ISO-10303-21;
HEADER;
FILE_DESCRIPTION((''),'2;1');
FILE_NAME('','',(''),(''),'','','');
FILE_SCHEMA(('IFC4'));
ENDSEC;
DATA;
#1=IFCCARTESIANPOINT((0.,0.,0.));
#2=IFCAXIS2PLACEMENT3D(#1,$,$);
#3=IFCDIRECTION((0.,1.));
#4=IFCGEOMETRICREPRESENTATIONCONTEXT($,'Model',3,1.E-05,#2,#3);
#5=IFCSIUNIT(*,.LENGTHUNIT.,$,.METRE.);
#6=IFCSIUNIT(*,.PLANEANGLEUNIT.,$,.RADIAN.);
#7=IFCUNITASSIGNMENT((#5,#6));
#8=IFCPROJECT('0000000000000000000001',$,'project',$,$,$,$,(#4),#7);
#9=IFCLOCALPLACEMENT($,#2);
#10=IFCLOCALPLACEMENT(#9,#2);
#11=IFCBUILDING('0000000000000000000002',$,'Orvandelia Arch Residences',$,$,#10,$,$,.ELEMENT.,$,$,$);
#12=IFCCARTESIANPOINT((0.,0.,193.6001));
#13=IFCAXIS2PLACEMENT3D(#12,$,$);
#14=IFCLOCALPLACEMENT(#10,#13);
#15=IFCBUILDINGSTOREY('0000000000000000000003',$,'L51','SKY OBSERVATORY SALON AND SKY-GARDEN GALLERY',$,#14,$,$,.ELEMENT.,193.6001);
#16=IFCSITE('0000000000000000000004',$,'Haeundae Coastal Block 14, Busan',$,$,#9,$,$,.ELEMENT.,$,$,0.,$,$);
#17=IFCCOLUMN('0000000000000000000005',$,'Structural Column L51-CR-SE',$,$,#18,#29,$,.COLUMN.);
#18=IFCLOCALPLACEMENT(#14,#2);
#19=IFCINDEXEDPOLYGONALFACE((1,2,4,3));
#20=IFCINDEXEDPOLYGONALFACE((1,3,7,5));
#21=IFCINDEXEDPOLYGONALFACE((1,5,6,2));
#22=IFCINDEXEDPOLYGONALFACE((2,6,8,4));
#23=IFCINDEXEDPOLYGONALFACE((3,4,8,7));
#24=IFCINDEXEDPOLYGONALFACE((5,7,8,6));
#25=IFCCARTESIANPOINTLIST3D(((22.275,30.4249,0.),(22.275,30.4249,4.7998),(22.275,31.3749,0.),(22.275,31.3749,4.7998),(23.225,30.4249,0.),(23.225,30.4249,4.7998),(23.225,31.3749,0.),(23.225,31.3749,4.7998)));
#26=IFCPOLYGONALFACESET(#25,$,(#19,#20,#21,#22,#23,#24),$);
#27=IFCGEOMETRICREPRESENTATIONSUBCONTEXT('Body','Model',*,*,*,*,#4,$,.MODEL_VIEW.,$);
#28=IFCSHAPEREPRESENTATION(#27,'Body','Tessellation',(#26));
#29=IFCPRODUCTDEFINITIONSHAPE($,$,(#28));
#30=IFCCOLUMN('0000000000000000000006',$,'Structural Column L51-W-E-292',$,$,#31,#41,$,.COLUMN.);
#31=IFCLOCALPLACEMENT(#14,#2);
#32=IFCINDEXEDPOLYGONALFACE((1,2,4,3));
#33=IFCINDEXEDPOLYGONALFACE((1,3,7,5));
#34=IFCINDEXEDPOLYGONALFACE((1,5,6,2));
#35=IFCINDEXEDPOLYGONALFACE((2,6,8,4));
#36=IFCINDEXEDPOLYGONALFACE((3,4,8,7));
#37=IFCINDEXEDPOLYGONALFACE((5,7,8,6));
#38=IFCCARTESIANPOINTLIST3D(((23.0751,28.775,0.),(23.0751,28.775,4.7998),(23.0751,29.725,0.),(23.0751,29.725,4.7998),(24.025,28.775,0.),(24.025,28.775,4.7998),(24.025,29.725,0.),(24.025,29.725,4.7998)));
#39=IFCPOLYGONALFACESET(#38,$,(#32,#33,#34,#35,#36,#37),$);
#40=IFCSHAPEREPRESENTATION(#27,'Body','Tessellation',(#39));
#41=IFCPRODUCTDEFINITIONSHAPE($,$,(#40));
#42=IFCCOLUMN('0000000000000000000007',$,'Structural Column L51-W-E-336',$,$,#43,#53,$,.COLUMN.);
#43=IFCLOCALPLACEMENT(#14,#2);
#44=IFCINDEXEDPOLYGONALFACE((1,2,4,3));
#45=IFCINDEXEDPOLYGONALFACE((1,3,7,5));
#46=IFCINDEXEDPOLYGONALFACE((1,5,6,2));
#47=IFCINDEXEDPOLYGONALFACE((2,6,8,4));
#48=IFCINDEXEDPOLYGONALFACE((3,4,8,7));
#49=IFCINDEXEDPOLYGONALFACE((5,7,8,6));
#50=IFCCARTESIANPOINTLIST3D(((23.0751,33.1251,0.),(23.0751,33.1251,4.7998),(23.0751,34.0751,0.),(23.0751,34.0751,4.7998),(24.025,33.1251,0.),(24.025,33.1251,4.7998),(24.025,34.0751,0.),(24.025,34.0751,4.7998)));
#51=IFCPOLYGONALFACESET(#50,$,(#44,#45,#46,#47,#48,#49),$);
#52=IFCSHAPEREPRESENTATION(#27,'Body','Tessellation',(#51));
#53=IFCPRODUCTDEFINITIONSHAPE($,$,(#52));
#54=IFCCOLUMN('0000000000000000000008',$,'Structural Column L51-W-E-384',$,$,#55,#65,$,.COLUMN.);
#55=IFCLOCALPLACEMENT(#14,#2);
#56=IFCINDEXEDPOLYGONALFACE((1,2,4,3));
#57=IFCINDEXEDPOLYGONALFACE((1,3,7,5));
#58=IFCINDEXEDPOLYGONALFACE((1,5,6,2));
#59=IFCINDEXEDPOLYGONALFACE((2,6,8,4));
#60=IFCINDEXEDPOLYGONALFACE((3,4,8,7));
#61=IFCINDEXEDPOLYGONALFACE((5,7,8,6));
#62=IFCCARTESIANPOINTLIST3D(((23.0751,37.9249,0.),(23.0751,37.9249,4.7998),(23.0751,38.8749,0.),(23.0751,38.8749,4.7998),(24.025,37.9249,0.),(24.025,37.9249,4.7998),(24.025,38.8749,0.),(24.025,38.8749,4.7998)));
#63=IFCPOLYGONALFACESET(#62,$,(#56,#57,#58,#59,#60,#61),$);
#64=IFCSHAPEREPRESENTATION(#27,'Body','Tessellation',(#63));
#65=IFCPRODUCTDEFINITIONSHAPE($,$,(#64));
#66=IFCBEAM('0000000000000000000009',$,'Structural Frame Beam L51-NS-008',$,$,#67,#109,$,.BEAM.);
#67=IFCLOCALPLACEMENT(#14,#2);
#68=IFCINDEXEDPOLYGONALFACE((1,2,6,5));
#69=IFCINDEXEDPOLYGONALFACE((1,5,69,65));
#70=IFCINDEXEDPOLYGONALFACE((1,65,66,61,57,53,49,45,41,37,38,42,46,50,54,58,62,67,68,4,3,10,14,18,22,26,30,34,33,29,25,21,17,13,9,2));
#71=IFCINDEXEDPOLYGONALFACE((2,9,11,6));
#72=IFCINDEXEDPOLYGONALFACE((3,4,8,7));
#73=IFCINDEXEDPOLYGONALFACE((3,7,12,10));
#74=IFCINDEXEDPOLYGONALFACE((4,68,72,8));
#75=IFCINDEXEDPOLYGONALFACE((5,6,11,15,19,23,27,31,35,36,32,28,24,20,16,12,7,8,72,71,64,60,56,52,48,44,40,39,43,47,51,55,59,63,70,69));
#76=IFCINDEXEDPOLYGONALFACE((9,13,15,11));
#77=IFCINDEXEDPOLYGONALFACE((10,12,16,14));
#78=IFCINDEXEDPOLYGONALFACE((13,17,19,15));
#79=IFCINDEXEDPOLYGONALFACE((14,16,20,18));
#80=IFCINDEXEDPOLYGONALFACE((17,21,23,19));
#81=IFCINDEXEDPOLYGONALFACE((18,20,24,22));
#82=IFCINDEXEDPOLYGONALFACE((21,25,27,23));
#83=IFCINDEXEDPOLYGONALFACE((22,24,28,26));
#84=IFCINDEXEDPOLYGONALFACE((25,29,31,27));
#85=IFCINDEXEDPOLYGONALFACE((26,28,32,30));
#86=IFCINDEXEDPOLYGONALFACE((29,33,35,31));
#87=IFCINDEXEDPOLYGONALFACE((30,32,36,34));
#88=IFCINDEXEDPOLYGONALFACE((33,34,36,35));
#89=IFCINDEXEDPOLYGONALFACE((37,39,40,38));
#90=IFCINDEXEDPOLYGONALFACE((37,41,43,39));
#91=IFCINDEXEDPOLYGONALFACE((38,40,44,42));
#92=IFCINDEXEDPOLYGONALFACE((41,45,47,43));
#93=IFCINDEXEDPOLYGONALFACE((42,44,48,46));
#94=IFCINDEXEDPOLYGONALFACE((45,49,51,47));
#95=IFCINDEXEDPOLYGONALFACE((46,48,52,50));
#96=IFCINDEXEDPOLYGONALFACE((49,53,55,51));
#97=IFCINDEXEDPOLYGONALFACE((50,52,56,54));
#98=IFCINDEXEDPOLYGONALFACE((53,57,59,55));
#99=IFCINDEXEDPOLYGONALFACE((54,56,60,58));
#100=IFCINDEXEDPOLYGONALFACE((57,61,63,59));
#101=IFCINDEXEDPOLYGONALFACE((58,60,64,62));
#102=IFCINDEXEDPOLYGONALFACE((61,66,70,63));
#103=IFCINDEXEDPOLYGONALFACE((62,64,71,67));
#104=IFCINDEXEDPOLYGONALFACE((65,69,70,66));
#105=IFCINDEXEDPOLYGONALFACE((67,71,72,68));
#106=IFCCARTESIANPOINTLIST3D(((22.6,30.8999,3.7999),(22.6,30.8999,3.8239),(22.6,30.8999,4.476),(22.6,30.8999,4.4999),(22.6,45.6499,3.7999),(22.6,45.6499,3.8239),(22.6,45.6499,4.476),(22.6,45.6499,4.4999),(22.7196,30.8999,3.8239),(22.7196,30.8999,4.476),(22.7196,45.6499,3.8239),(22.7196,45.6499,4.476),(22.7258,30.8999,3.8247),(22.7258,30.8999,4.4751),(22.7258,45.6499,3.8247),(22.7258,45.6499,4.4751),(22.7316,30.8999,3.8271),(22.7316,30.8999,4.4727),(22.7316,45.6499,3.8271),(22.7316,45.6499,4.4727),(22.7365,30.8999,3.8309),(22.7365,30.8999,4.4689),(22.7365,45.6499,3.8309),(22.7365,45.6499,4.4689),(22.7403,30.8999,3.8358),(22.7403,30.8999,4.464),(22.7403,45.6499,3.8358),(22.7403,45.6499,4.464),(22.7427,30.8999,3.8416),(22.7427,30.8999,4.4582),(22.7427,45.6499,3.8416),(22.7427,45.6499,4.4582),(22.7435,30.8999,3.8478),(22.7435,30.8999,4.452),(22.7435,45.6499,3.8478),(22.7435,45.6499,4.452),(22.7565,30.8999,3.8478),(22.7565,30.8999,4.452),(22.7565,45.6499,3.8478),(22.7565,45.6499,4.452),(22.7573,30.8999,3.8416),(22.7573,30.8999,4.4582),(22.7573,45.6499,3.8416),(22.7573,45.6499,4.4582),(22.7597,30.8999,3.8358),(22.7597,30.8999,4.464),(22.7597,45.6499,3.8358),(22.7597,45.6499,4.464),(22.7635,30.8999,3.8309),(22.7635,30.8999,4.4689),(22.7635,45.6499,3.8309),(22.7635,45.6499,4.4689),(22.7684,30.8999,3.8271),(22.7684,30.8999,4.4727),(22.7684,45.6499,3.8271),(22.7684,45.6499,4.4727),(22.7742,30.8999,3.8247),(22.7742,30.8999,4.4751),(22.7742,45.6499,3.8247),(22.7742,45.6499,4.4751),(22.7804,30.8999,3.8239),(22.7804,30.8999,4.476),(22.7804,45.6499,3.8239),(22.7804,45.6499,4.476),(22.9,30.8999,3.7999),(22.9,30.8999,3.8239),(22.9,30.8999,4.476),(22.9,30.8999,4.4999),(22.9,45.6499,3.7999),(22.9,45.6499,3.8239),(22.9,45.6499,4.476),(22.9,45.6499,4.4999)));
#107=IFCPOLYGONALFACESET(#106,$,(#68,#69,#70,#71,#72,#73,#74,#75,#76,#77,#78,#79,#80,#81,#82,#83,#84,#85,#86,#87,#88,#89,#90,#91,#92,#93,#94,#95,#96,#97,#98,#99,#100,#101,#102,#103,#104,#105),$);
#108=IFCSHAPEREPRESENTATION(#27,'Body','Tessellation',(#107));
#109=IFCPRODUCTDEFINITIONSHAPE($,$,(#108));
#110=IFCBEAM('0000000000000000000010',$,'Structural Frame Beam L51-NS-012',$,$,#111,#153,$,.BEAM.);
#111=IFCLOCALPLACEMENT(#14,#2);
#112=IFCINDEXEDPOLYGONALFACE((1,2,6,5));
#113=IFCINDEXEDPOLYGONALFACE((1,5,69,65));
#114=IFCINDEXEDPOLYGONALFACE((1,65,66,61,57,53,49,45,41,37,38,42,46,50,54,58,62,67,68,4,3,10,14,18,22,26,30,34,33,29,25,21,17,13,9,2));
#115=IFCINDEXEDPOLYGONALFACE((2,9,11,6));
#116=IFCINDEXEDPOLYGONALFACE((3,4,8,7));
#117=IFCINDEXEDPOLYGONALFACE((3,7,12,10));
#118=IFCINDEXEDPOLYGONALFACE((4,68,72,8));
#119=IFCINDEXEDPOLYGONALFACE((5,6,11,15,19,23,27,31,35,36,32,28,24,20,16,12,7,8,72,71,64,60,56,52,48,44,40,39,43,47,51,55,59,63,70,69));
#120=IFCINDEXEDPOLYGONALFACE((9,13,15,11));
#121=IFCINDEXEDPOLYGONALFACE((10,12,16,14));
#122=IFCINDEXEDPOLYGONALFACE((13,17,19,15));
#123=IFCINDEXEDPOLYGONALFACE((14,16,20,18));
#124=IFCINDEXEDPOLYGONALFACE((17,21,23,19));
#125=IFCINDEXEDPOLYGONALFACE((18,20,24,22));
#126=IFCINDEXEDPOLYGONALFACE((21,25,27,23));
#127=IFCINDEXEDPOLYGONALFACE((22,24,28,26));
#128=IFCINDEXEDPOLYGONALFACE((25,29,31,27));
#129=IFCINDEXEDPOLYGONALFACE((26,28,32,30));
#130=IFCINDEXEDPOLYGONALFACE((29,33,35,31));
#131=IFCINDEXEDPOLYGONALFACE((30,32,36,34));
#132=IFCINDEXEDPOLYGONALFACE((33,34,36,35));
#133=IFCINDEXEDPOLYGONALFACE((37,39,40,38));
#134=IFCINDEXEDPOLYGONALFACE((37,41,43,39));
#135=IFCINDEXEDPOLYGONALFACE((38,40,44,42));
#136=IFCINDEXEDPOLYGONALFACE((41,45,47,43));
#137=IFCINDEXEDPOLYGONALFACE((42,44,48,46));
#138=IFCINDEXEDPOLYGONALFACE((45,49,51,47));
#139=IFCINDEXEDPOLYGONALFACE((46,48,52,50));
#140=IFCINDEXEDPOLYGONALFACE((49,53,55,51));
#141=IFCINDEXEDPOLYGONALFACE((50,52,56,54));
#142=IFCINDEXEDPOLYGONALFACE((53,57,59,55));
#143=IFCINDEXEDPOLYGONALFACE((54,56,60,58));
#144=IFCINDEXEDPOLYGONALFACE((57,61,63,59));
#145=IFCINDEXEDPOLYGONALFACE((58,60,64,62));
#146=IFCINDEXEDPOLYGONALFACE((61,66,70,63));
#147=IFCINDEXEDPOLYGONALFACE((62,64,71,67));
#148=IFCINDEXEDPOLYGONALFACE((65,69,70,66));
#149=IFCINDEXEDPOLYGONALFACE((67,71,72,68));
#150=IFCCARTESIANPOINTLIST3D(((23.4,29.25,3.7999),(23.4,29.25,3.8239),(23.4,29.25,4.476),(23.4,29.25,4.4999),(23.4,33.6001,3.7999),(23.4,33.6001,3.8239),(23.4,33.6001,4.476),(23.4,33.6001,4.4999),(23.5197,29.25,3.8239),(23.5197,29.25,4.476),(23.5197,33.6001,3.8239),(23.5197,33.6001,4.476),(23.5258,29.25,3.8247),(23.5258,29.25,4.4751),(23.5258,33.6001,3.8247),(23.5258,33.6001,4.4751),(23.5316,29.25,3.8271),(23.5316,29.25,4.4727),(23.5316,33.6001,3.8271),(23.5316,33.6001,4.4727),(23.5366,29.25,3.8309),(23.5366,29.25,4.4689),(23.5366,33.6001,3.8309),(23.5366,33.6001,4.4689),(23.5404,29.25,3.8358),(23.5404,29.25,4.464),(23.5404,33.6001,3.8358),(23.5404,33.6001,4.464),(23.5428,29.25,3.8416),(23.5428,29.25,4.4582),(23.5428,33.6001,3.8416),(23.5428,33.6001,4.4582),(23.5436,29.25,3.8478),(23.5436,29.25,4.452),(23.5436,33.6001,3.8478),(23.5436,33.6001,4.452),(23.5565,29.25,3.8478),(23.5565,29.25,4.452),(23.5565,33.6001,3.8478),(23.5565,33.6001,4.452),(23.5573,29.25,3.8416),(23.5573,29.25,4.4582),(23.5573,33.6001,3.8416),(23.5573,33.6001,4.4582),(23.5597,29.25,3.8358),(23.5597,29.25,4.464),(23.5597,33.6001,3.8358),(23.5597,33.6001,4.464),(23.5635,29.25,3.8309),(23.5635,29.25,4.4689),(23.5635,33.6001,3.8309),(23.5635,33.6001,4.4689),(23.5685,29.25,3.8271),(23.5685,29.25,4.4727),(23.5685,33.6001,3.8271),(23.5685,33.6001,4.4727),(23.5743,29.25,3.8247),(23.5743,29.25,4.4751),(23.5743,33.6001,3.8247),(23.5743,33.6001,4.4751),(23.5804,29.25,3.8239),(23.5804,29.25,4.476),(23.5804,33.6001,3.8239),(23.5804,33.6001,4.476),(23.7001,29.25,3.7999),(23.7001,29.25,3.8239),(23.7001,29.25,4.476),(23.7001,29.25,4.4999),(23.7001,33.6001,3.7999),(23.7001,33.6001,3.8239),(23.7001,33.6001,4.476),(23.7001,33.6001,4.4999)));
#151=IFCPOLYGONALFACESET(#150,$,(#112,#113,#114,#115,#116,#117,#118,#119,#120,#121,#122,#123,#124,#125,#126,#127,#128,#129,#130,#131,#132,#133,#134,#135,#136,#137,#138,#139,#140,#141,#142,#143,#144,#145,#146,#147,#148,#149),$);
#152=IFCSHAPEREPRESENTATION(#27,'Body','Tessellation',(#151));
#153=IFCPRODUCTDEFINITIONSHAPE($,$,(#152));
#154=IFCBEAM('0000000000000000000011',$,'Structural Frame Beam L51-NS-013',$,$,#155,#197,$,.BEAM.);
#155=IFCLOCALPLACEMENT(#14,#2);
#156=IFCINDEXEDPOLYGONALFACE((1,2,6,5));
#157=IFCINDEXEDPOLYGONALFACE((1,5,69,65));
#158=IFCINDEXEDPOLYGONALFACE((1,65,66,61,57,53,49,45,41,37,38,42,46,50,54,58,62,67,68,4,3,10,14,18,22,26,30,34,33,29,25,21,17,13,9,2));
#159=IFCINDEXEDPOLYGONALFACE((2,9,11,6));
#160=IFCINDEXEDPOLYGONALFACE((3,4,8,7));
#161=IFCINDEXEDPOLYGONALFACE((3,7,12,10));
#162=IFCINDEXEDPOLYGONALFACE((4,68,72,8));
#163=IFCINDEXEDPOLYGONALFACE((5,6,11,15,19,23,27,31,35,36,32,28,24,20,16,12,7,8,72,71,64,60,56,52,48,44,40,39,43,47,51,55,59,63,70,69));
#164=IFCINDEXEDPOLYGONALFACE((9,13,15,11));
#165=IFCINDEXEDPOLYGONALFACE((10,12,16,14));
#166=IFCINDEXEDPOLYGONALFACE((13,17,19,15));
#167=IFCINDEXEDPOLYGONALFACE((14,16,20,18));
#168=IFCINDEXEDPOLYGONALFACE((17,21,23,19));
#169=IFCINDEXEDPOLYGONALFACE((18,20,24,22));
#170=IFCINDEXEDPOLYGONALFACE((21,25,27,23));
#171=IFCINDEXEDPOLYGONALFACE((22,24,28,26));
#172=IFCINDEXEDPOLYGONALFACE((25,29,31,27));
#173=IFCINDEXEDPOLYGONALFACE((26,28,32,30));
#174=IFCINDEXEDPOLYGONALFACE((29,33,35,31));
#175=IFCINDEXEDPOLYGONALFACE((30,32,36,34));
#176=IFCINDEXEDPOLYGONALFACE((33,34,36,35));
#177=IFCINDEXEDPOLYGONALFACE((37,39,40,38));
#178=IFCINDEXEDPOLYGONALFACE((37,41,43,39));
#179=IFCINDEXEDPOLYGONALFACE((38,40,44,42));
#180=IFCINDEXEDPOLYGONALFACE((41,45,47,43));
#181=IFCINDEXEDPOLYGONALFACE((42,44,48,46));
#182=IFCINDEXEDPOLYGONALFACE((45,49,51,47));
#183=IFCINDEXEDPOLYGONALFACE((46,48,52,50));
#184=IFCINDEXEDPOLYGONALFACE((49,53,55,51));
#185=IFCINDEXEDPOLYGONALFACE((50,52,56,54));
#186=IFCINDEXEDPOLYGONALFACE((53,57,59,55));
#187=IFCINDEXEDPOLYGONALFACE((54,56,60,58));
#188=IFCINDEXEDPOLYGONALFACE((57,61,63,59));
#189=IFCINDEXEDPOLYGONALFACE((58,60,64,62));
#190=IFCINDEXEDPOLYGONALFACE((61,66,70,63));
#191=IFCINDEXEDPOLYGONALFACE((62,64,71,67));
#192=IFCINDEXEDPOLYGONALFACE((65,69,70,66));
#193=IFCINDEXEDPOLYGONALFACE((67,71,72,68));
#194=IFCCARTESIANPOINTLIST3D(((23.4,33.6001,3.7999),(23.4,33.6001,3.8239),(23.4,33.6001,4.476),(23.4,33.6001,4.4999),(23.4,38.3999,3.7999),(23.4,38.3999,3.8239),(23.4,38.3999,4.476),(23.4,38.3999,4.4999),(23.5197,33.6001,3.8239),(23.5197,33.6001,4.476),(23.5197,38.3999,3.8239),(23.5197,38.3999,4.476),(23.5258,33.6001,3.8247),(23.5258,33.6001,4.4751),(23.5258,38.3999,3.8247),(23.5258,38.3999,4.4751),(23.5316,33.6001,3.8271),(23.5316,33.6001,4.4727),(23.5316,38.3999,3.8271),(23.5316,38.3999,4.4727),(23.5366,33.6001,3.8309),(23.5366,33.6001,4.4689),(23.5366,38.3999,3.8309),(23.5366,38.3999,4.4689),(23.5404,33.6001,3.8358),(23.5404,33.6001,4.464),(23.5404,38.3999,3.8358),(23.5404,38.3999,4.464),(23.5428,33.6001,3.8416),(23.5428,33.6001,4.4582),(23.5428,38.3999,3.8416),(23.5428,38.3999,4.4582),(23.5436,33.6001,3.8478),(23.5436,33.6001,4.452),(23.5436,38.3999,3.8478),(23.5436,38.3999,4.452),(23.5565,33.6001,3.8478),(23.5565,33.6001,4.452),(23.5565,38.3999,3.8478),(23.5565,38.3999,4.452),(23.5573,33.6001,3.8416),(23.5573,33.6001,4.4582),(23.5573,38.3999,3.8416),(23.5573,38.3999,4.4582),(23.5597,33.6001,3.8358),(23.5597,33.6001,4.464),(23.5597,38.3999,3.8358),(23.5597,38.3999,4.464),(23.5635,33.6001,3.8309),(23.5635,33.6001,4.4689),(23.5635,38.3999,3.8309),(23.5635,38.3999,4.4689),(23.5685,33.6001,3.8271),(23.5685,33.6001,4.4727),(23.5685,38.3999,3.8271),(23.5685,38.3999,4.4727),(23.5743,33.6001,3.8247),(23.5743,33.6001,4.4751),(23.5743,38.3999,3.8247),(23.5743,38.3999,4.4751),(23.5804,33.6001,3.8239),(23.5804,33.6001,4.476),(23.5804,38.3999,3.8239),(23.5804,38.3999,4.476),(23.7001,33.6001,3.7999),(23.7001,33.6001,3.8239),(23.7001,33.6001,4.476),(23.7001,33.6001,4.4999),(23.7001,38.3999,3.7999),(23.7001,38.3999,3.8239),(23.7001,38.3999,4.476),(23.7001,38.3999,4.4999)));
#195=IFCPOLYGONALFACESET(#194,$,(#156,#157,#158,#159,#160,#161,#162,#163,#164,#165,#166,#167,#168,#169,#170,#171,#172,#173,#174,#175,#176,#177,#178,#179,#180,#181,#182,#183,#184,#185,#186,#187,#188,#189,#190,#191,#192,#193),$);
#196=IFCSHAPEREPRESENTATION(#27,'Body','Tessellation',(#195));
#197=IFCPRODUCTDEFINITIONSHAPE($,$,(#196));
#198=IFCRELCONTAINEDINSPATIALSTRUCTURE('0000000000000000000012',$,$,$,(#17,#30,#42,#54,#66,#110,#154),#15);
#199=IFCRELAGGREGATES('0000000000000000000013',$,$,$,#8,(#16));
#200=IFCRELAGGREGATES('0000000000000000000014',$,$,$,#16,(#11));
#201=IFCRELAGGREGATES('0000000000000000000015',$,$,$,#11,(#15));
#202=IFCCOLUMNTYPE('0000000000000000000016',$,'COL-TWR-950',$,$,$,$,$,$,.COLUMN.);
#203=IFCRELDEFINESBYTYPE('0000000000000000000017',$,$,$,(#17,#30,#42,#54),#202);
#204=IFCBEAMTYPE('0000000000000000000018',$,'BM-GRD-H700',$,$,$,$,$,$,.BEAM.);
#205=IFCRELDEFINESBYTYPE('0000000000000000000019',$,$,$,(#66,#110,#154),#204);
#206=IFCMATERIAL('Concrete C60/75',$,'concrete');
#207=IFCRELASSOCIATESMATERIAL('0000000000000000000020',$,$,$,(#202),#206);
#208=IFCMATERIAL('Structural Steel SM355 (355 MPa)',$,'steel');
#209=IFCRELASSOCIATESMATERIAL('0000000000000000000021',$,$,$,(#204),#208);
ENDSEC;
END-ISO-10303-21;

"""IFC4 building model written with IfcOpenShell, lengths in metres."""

from ifc_helpers import new_model, si_unit, direction, frame, origin, origin_2d, place, context, subcontext, project, spatial, rectangle, i_section, extrude, material, material_profile, profile_set, type_object, element, save


model = new_model("IFC4")

# Units and contexts
model_context = context("Model", 3, precision=1e-05, world=origin(), true_north=direction((0.0, 1.0)))
body_context = subcontext(model_context, "Body", "Model", "MODEL_VIEW")
ifc_project = project(units=[si_unit("LENGTHUNIT", "METRE"), si_unit("PLANEANGLEUNIT", "RADIAN")], contexts=[model_context])

# Site, building, storey
site_placement = place(None, origin())
site = spatial("IfcSite", under=ifc_project, at=site_placement, Name="Haeundae Coastal Block 14, Busan", CompositionType="ELEMENT", RefElevation=0.0)
building_placement = place(site_placement, origin())
building = spatial("IfcBuilding", under=site, at=building_placement, Name="Orvandelia Arch Residences", CompositionType="ELEMENT")
storey_placement = place(building_placement, frame((0.0, 0.0, 193.6001)))
storey = spatial("IfcBuildingStorey", under=building, at=storey_placement, Name="L51", Description="SKY OBSERVATORY SALON AND SKY-GARDEN GALLERY", CompositionType="ELEMENT", Elevation=193.6001)

# Columns
ifc_material_1 = material(Name="Concrete C60/75", Category="concrete")
ifc_material_profile_1 = material_profile(ifc_material_1, rectangle(XDim=0.95, YDim=0.95, at=origin_2d()), Name="Concrete C60/75", Category="concrete")
ifc_profile_set_1 = profile_set([ifc_material_profile_1], Name="Concrete C60/75")
column_type = type_object("IfcColumnType", Name="COL-TWR-950", PredefinedType="COLUMN", material=ifc_profile_set_1)
for number, where, z_axis, x_axis, name in (
    (1, (22.75, 30.8999, 0.0), (0.0, 0.0, 1.0), (1.0, 0.0, 0.0), "Structural Column L51-CR-SE"),
    (2, (23.55, 29.25, 0.0), (0.0, 0.0, 1.0), (1.0, 0.0, 0.0), "Structural Column L51-W-E-292"),
    (3, (23.55, 33.6001, 0.0), (0.0, 0.0, 1.0), (1.0, 0.0, 0.0), "Structural Column L51-W-E-336"),
    (4, (23.55, 38.3999, 0.0), (0.0, 0.0, 1.0), (1.0, 0.0, 0.0), "Structural Column L51-W-E-384"),
):
    element("IfcColumn", number, at=place(storey_placement, frame(where, z_axis=z_axis, x_axis=x_axis)), inside=storey, type_object=column_type, Name=name, PredefinedType="COLUMN", context=body_context, shape_type="SweptSolid", body=[
        extrude(rectangle(XDim=0.95, YDim=0.95, at=origin_2d()), origin(), (0.0, 0.0, 1.0), 4.7998),
    ])

# Beams
ifc_material_2 = material(Name="Structural Steel SM355 (355 MPa)", Category="steel")
ifc_material_profile_2 = material_profile(ifc_material_2, i_section(OverallWidth=0.3, OverallDepth=0.7, WebThickness=0.0129, FlangeThickness=0.0239, FilletRadius=0.0239, at=origin_2d()), Name="Structural Steel SM355 (355 MPa)", Category="steel")
ifc_profile_set_2 = profile_set([ifc_material_profile_2], Name="Structural Steel SM355 (355 MPa)")
beam_type_1 = type_object("IfcBeamType", Name="BM-GRD-H700", PredefinedType="BEAM", material=ifc_profile_set_2)
beam_1_placement = place(storey_placement, frame((22.75, 30.8999, 4.1499), z_axis=(0.0, 1.0, 0.0), x_axis=(-1.0, 0.0, 0.0)))
element("IfcBeam", 5, at=beam_1_placement, inside=storey, type_object=beam_type_1, Name="Structural Frame Beam L51-NS-008", PredefinedType="BEAM", context=body_context, shape_type="SweptSolid", body=[
    extrude(i_section(OverallWidth=0.3, OverallDepth=0.7, WebThickness=0.0129, FlangeThickness=0.0239, FilletRadius=0.0239, at=origin_2d()), origin(), (0.0, 0.0, 1.0), 14.75),
])
beam_2_placement = place(storey_placement, frame((23.55, 29.25, 4.1499), z_axis=(0.0, 1.0, 0.0), x_axis=(-1.0, 0.0, 0.0)))
element("IfcBeam", 6, at=beam_2_placement, inside=storey, type_object=beam_type_1, Name="Structural Frame Beam L51-NS-012", PredefinedType="BEAM", context=body_context, shape_type="SweptSolid", body=[
    extrude(i_section(OverallWidth=0.3, OverallDepth=0.7, WebThickness=0.0129, FlangeThickness=0.0239, FilletRadius=0.0239, at=origin_2d()), origin(), (0.0, 0.0, 1.0), 4.3501),
])
beam_3_placement = place(storey_placement, frame((23.55, 33.6001, 4.1499), z_axis=(0.0, 1.0, 0.0), x_axis=(-1.0, 0.0, 0.0)))
element("IfcBeam", 7, at=beam_3_placement, inside=storey, type_object=beam_type_1, Name="Structural Frame Beam L51-NS-013", PredefinedType="BEAM", context=body_context, shape_type="SweptSolid", body=[
    extrude(i_section(OverallWidth=0.3, OverallDepth=0.7, WebThickness=0.0129, FlangeThickness=0.0239, FilletRadius=0.0239, at=origin_2d()), origin(), (0.0, 0.0, 1.0), 4.7998),
])

save(model, "model.ifc")
